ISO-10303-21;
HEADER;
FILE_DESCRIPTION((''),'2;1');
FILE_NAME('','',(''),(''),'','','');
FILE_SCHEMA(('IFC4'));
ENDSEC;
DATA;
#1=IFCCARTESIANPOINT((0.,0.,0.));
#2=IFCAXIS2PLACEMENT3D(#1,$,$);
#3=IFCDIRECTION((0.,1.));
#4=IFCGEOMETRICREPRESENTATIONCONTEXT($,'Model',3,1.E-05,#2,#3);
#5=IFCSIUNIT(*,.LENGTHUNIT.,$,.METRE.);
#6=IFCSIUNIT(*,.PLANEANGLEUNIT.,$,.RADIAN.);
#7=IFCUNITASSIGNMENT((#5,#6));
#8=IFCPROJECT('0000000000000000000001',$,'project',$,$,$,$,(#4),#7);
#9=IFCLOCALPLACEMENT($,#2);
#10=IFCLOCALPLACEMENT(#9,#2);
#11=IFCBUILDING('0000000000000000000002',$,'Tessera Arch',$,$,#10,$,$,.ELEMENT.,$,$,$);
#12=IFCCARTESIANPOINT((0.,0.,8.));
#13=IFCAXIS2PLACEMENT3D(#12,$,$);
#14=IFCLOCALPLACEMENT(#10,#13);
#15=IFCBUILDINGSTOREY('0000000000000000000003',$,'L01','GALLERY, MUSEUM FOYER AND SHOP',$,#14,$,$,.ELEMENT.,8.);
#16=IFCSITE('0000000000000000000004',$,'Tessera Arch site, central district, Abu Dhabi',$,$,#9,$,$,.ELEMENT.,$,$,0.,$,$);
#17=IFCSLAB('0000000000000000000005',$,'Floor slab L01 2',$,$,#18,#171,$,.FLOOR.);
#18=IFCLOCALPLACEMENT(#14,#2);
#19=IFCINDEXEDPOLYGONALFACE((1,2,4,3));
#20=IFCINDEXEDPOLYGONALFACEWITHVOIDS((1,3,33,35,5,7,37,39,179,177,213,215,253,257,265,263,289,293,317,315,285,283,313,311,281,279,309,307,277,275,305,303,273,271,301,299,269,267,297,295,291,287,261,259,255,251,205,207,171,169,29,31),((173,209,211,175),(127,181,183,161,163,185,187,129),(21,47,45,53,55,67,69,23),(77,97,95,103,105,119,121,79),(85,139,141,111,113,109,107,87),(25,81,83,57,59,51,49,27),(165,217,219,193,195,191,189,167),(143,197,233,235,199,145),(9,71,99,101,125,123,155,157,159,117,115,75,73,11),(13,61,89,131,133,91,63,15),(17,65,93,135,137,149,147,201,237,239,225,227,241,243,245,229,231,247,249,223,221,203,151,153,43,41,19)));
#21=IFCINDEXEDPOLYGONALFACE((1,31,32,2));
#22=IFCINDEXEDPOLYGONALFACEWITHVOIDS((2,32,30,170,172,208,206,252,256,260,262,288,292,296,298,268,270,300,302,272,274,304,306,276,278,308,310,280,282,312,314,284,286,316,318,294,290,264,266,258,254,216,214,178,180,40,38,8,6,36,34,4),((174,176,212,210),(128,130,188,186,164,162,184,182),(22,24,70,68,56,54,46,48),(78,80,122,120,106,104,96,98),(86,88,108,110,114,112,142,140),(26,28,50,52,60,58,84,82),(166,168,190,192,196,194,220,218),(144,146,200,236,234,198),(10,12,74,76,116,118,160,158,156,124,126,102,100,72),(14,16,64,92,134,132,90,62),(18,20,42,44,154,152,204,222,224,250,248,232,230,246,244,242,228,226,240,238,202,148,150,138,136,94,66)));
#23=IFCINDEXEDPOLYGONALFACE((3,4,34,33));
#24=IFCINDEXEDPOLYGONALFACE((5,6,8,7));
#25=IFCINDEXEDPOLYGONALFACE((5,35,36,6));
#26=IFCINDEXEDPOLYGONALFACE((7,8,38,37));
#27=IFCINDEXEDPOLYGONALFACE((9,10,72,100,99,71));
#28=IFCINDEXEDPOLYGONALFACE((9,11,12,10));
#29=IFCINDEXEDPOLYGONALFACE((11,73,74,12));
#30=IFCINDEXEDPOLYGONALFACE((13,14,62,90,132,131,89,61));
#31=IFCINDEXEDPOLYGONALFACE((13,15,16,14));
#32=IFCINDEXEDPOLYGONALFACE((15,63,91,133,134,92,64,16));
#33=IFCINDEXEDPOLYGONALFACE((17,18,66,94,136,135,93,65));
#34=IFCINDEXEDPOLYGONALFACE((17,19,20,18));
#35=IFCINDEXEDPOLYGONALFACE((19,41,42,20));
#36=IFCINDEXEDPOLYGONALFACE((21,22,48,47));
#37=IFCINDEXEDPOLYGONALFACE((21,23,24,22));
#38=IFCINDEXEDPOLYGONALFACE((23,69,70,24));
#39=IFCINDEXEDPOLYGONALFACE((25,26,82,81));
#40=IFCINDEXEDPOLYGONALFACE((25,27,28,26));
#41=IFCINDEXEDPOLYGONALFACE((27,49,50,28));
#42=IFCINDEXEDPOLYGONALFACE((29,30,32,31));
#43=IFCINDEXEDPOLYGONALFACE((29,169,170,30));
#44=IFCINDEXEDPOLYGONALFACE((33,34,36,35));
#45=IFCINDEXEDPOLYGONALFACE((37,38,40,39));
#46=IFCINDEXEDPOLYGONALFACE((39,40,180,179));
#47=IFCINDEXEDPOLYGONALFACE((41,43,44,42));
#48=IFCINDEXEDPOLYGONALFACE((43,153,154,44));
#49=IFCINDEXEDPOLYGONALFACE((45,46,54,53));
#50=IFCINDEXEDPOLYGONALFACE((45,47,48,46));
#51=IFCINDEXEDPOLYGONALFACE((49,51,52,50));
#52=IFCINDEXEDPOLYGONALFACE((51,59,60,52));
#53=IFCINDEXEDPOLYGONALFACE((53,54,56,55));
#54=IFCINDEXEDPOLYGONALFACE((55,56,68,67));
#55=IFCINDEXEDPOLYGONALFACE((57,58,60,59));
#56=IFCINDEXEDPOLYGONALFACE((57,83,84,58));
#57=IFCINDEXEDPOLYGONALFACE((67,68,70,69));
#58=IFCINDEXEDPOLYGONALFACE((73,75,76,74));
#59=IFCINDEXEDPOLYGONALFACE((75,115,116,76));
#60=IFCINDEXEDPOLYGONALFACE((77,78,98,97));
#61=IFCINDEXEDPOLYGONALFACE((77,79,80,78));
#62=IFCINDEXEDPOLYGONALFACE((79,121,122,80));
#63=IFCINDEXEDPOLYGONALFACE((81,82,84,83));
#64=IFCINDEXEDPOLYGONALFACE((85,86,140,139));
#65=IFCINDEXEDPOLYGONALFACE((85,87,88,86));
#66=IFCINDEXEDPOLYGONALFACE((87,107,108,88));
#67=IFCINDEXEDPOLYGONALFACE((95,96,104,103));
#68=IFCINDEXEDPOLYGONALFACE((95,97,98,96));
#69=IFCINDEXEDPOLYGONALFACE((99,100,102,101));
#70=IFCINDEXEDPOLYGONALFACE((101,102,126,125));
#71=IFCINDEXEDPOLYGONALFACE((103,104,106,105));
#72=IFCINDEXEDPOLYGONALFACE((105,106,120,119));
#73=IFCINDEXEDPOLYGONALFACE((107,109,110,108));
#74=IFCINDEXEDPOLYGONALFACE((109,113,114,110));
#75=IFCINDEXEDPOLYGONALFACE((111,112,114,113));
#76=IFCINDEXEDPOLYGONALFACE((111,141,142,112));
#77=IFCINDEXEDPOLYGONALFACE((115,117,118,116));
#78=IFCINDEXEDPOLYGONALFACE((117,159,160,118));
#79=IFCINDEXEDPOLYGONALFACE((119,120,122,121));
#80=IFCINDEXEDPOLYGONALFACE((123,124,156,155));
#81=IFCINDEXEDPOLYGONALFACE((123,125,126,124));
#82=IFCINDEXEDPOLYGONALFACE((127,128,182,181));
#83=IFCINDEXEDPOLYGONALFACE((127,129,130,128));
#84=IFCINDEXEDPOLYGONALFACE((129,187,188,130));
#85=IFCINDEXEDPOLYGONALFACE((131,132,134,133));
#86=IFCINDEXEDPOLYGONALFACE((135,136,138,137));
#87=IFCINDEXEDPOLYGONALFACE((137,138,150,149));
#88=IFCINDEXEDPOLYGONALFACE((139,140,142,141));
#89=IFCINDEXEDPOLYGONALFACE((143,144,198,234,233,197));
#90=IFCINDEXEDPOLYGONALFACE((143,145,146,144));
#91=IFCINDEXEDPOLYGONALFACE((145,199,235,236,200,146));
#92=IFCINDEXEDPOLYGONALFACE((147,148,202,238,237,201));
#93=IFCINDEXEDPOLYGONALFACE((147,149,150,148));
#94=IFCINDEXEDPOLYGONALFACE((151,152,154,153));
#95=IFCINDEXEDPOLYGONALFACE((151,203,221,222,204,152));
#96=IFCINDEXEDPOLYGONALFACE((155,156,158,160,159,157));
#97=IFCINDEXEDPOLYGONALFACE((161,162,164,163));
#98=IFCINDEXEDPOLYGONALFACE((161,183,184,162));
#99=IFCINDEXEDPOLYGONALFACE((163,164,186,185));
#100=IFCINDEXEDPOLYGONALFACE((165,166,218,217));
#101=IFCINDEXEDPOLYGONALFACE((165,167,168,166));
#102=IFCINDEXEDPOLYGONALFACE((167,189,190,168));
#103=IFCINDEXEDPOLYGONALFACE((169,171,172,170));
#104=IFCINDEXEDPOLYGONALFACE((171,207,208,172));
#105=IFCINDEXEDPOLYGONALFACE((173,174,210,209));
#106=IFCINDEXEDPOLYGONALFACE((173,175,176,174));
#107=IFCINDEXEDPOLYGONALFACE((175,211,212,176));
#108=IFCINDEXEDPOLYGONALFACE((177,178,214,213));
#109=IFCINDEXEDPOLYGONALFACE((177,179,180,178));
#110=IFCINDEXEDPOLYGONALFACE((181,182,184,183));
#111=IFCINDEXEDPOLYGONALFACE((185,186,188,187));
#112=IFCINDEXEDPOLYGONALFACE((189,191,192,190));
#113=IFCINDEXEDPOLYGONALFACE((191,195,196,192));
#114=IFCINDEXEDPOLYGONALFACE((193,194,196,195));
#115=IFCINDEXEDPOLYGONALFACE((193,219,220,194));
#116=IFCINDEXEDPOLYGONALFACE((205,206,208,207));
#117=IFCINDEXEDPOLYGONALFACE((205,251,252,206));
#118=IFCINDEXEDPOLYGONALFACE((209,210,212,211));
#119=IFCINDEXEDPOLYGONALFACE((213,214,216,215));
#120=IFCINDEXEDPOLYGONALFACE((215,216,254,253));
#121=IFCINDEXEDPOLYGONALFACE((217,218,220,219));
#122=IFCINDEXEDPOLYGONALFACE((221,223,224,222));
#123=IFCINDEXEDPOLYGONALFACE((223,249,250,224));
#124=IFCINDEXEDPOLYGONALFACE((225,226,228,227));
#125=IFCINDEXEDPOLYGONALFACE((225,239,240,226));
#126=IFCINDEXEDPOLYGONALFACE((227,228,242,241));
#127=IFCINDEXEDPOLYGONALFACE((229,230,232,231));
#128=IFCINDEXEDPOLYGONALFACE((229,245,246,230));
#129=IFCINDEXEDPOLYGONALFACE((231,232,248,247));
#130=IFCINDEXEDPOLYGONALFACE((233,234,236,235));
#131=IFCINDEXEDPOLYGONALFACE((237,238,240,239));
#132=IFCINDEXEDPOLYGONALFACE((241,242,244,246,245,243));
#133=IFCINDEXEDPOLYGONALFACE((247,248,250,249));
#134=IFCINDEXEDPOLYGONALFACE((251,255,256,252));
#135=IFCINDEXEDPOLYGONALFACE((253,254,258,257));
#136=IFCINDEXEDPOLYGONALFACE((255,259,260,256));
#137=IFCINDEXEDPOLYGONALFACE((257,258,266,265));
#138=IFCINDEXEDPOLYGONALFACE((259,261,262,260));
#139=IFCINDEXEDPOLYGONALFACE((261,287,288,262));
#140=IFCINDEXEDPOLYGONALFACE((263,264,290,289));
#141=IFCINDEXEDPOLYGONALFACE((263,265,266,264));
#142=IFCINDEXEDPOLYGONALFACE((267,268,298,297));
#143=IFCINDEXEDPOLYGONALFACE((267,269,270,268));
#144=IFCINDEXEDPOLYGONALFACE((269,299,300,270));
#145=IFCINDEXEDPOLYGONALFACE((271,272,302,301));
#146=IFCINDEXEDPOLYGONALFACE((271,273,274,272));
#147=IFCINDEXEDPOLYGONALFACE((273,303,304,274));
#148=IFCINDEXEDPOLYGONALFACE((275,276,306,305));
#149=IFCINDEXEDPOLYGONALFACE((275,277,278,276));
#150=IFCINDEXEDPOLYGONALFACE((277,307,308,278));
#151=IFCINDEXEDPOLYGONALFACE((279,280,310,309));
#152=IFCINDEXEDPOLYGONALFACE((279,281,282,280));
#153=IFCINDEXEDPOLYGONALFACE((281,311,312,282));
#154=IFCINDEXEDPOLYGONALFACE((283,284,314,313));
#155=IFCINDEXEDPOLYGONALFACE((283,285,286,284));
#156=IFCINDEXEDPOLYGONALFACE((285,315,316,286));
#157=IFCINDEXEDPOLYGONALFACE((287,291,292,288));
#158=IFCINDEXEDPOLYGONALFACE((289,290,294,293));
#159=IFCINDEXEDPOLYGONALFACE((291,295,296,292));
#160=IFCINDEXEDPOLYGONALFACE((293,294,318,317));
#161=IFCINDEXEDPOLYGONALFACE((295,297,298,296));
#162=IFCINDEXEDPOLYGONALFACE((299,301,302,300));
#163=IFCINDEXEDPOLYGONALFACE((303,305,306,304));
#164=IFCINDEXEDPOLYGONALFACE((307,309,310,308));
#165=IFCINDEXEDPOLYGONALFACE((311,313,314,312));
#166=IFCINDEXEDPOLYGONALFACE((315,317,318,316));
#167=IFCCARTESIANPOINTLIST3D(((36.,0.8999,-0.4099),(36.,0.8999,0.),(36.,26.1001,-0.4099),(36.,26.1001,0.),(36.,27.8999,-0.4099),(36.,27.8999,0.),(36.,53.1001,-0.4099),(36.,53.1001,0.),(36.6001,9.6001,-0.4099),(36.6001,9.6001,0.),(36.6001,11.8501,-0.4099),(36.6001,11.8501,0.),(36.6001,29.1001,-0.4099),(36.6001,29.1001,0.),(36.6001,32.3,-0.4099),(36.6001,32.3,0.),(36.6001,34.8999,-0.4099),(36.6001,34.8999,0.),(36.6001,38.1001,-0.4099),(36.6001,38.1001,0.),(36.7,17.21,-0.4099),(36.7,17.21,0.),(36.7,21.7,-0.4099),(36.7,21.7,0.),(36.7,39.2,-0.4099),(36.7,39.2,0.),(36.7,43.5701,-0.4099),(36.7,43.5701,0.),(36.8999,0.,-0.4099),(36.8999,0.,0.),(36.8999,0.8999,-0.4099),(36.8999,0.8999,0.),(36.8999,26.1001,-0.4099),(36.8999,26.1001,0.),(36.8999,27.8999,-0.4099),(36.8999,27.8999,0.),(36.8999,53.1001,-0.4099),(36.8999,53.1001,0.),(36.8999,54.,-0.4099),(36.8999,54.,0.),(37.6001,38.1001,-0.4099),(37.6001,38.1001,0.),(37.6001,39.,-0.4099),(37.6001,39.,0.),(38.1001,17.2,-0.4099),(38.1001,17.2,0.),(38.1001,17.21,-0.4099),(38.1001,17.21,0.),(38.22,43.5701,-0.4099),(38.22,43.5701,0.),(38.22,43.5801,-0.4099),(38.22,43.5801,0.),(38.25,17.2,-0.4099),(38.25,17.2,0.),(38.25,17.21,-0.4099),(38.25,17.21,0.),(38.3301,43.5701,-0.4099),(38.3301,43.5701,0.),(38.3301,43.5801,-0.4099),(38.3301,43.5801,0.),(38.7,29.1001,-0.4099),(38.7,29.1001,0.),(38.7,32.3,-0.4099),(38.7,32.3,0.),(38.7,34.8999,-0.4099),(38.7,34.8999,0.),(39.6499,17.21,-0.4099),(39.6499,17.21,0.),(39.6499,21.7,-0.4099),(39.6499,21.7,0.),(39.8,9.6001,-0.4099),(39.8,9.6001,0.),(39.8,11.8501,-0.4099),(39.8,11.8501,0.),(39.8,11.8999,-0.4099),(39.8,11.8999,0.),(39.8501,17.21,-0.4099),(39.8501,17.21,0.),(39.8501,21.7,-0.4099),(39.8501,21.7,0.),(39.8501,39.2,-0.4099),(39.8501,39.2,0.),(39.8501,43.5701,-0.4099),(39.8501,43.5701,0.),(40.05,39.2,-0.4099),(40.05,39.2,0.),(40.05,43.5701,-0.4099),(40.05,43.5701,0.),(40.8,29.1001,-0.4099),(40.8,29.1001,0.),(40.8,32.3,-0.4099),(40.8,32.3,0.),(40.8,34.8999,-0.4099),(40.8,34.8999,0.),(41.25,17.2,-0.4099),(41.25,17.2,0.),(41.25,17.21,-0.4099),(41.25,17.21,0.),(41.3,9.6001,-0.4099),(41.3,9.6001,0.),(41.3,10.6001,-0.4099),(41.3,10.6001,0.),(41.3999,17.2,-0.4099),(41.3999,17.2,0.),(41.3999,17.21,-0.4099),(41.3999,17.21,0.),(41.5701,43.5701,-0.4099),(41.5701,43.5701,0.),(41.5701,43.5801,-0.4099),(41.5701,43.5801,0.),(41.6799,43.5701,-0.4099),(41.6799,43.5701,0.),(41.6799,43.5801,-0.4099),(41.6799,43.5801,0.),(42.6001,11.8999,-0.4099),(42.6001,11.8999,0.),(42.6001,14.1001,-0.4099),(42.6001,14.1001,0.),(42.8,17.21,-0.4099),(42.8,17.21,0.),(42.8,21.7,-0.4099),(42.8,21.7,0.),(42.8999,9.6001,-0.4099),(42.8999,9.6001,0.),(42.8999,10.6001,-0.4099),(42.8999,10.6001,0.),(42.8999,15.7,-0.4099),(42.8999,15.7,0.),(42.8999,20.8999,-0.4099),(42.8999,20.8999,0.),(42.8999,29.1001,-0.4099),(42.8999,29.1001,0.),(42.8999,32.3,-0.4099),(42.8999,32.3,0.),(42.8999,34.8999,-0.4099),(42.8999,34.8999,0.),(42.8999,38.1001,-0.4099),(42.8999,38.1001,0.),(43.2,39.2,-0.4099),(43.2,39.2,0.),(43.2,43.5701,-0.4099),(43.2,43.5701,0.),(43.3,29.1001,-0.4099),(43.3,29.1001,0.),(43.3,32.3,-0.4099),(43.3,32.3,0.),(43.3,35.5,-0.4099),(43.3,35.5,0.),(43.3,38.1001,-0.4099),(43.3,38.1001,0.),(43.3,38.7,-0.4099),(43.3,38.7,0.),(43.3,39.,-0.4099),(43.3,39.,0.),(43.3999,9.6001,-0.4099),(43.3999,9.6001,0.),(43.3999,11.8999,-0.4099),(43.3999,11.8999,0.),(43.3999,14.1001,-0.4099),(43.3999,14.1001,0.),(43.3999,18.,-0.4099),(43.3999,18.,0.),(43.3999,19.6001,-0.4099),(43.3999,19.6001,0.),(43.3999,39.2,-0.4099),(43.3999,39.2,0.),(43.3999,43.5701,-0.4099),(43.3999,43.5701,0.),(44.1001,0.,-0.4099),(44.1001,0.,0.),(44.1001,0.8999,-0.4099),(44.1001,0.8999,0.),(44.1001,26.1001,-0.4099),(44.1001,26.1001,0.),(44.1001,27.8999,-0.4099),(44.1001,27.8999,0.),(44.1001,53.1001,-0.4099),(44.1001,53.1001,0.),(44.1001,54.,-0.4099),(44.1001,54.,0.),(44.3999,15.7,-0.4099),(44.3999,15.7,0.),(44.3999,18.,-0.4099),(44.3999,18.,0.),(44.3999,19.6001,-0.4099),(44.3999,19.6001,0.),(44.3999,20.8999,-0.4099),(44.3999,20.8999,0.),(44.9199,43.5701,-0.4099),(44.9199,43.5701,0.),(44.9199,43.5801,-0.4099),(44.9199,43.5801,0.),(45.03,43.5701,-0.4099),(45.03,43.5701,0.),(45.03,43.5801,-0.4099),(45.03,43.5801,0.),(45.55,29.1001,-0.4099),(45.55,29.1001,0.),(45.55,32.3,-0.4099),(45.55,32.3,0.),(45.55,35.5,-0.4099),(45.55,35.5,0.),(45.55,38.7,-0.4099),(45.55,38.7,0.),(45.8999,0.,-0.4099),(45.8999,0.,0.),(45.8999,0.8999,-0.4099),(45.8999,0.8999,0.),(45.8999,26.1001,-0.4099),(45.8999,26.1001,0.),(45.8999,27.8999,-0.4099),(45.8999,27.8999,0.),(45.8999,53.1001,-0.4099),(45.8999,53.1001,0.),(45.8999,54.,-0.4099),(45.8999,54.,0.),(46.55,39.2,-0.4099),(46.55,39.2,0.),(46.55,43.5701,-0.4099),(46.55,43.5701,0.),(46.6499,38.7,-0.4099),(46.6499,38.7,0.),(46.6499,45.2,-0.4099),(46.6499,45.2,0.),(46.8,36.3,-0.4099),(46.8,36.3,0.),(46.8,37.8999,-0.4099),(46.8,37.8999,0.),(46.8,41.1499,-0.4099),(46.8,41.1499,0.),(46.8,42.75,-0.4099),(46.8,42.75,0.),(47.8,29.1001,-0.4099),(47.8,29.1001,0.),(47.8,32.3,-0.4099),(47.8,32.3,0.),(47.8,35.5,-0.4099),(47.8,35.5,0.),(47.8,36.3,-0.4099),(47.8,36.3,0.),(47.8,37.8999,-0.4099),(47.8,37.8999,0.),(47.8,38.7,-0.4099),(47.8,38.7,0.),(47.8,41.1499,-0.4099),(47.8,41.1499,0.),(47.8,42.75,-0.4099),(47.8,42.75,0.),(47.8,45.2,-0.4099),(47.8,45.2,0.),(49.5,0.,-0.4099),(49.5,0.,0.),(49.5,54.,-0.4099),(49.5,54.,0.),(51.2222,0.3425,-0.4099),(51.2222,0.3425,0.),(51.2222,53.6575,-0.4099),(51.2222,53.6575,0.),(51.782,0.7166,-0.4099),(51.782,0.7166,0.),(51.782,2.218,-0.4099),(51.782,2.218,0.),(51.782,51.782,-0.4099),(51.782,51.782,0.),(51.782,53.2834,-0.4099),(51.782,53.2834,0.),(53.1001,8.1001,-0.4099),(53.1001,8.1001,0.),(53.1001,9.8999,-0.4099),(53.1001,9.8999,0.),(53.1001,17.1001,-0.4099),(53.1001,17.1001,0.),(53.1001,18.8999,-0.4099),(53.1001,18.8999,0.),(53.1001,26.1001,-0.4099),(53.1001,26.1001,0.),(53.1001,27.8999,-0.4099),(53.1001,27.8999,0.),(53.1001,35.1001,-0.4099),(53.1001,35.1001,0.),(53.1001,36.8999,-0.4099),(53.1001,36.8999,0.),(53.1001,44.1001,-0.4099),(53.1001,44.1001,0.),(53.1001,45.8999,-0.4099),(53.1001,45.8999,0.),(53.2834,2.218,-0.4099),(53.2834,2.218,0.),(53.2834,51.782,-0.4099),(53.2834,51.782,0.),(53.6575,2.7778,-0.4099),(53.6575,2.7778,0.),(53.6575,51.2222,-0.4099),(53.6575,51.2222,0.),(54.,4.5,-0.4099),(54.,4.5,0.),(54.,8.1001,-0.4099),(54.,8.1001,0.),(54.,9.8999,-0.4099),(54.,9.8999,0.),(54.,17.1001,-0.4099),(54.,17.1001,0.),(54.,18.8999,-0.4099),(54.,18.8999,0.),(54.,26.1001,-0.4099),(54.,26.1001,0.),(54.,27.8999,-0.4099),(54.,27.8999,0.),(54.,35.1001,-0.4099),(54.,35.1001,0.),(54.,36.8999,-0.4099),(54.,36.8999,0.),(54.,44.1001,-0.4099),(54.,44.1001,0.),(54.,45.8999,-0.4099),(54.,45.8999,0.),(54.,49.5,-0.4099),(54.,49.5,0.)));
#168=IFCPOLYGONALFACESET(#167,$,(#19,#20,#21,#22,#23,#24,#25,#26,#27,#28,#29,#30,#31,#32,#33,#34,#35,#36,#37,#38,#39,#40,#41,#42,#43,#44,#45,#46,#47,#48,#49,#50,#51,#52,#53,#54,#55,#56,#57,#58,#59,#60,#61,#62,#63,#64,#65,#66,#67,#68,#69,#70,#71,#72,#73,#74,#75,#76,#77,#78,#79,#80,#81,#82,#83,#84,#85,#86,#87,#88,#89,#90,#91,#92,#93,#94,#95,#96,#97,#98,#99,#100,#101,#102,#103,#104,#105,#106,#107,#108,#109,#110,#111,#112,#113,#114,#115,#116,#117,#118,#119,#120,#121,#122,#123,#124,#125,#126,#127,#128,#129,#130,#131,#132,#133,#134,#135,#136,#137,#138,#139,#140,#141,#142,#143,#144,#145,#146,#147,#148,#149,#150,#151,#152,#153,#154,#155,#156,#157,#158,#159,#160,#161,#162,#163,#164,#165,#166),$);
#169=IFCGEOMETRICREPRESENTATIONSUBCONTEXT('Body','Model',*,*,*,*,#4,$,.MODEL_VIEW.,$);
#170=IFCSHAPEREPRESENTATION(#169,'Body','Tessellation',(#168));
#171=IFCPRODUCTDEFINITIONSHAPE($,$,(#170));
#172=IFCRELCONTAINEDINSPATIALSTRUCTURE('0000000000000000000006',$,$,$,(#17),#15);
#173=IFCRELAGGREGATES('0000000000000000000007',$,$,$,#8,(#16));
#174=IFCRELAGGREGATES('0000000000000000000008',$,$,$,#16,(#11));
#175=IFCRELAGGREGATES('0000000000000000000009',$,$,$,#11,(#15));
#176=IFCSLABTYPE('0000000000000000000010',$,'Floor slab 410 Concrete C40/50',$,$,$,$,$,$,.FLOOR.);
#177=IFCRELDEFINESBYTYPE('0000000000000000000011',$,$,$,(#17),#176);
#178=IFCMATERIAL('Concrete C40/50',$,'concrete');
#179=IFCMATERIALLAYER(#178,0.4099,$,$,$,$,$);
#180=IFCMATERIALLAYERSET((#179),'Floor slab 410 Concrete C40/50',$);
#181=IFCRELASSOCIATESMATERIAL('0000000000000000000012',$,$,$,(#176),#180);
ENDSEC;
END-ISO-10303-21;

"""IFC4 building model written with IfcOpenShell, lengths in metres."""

from ifc_helpers import new_model, si_unit, direction, frame, origin, place, context, subcontext, project, spatial, polyline, outline, extrude, material, layer, layer_set, type_object, element, save


model = new_model("IFC4")

# Units and contexts
model_context = context("Model", 3, precision=1e-05, world=origin(), true_north=direction((0.0, 1.0)))
body_context = subcontext(model_context, "Body", "Model", "MODEL_VIEW")
ifc_project = project(units=[si_unit("LENGTHUNIT", "METRE"), si_unit("PLANEANGLEUNIT", "RADIAN")], contexts=[model_context])

# Site, building, storey
site_placement = place(None, origin())
site = spatial("IfcSite", under=ifc_project, at=site_placement, Name="Tessera Arch site, central district, Abu Dhabi", CompositionType="ELEMENT", RefElevation=0.0)
building_placement = place(site_placement, origin())
building = spatial("IfcBuilding", under=site, at=building_placement, Name="Tessera Arch", CompositionType="ELEMENT")
storey_placement = place(building_placement, frame((0.0, 0.0, 8.0)))
storey = spatial("IfcBuildingStorey", under=building, at=storey_placement, Name="L01", Description="GALLERY, MUSEUM FOYER AND SHOP", CompositionType="ELEMENT", Elevation=8.0)

# Slab
ifc_material_1 = material(Name="Concrete C40/50", Category="concrete")
ifc_layer_1 = layer(ifc_material_1, 0.4099)
ifc_layer_set_1 = layer_set([ifc_layer_1], Name="Floor slab 410 Concrete C40/50")
slab_type_1 = type_object("IfcSlabType", Name="Floor slab 410 Concrete C40/50", PredefinedType="FLOOR", material=ifc_layer_set_1)
slab_1_placement = place(storey_placement, frame((0.0, 0.0, -0.4099)))
element("IfcSlab", 1, at=slab_1_placement, inside=storey, type_object=slab_type_1, Name="Floor slab L01 2", PredefinedType="FLOOR", context=body_context, shape_type="SweptSolid", body=[
    extrude(outline(polyline([(53.2834, 2.218), (51.782, 2.218), (51.782, 0.7166), (51.2222, 0.3425), (49.5, 0.0), (45.8999, 0.0), (45.8999, 0.8999), (44.1001, 0.8999), (44.1001, 0.0), (36.8999, 0.0), (36.8999, 0.8999), (36.0, 0.8999), (36.0, 26.1001), (36.8999, 26.1001), (36.8999, 27.8999), (36.0, 27.8999), (36.0, 53.1001), (36.8999, 53.1001), (36.8999, 54.0), (44.1001, 54.0), (44.1001, 53.1001), (45.8999, 53.1001), (45.8999, 54.0), (49.5, 54.0), (51.2222, 53.6575), (51.782, 53.2834), (51.782, 51.782), (53.2834, 51.782), (53.6575, 51.2222), (54.0, 49.5), (54.0, 45.8999), (53.1001, 45.8999), (53.1001, 44.1001), (54.0, 44.1001), (54.0, 36.8999), (53.1001, 36.8999), (53.1001, 35.1001), (54.0, 35.1001), (54.0, 27.8999), (53.1001, 27.8999), (53.1001, 26.1001), (54.0, 26.1001), (54.0, 18.8999), (53.1001, 18.8999), (53.1001, 17.1001), (54.0, 17.1001), (54.0, 9.8999), (53.1001, 9.8999), (53.1001, 8.1001), (54.0, 8.1001), (54.0, 4.5), (53.6575, 2.7778), (53.2834, 2.218)]), holes=[polyline([(38.1001, 17.2), (38.25, 17.2), (38.25, 17.21), (39.6499, 17.21), (39.6499, 21.7), (36.7, 21.7), (36.7, 17.21), (38.1001, 17.21), (38.1001, 17.2)]), polyline([(38.7, 29.1001), (40.8, 29.1001), (42.8999, 29.1001), (42.8999, 32.3), (40.8, 32.3), (38.7, 32.3), (36.6001, 32.3), (36.6001, 29.1001), (38.7, 29.1001)]), polyline([(36.6001, 38.1001), (36.6001, 34.8999), (38.7, 34.8999), (40.8, 34.8999), (42.8999, 34.8999), (42.8999, 38.1001), (43.3, 38.1001), (43.3, 35.5), (45.55, 35.5), (47.8, 35.5), (47.8, 36.3), (46.8, 36.3), (46.8, 37.8999), (47.8, 37.8999), (47.8, 38.7), (47.8, 41.1499), (46.8, 41.1499), (46.8, 42.75), (47.8, 42.75), (47.8, 45.2), (46.6499, 45.2), (46.6499, 38.7), (45.55, 38.7), (43.3, 38.7), (43.3, 39.0), (37.6001, 39.0), (37.6001, 38.1001), (36.6001, 38.1001)]), polyline([(39.8, 11.8999), (39.8, 11.8501), (36.6001, 11.8501), (36.6001, 9.6001), (39.8, 9.6001), (41.3, 9.6001), (41.3, 10.6001), (42.8999, 10.6001), (42.8999, 9.6001), (43.3999, 9.6001), (43.3999, 11.8999), (43.3999, 14.1001), (42.6001, 14.1001), (42.6001, 11.8999), (39.8, 11.8999)]), polyline([(42.8999, 15.7), (44.3999, 15.7), (44.3999, 18.0), (43.3999, 18.0), (43.3999, 19.6001), (44.3999, 19.6001), (44.3999, 20.8999), (42.8999, 20.8999), (42.8999, 15.7)]), polyline([(41.25, 17.2), (41.3999, 17.2), (41.3999, 17.21), (42.8, 17.21), (42.8, 21.7), (39.8501, 21.7), (39.8501, 17.21), (41.25, 17.21), (41.25, 17.2)]), polyline([(44.1001, 27.8999), (44.1001, 26.1001), (45.8999, 26.1001), (45.8999, 27.8999), (44.1001, 27.8999)]), polyline([(45.55, 29.1001), (47.8, 29.1001), (47.8, 32.3), (45.55, 32.3), (43.3, 32.3), (43.3, 29.1001), (45.55, 29.1001)]), polyline([(38.3301, 43.5701), (38.3301, 43.5801), (38.22, 43.5801), (38.22, 43.5701), (36.7, 43.5701), (36.7, 39.2), (39.8501, 39.2), (39.8501, 43.5701), (38.3301, 43.5701)]), polyline([(45.03, 43.5801), (44.9199, 43.5801), (44.9199, 43.5701), (43.3999, 43.5701), (43.3999, 39.2), (46.55, 39.2), (46.55, 43.5701), (45.03, 43.5701), (45.03, 43.5801)]), polyline([(41.6799, 43.5701), (41.6799, 43.5801), (41.5701, 43.5801), (41.5701, 43.5701), (40.05, 43.5701), (40.05, 39.2), (43.2, 39.2), (43.2, 43.5701), (41.6799, 43.5701)])]), origin(), (0.0, 0.0, 1.0), 0.4099),
])

save(model, "model.ifc")
